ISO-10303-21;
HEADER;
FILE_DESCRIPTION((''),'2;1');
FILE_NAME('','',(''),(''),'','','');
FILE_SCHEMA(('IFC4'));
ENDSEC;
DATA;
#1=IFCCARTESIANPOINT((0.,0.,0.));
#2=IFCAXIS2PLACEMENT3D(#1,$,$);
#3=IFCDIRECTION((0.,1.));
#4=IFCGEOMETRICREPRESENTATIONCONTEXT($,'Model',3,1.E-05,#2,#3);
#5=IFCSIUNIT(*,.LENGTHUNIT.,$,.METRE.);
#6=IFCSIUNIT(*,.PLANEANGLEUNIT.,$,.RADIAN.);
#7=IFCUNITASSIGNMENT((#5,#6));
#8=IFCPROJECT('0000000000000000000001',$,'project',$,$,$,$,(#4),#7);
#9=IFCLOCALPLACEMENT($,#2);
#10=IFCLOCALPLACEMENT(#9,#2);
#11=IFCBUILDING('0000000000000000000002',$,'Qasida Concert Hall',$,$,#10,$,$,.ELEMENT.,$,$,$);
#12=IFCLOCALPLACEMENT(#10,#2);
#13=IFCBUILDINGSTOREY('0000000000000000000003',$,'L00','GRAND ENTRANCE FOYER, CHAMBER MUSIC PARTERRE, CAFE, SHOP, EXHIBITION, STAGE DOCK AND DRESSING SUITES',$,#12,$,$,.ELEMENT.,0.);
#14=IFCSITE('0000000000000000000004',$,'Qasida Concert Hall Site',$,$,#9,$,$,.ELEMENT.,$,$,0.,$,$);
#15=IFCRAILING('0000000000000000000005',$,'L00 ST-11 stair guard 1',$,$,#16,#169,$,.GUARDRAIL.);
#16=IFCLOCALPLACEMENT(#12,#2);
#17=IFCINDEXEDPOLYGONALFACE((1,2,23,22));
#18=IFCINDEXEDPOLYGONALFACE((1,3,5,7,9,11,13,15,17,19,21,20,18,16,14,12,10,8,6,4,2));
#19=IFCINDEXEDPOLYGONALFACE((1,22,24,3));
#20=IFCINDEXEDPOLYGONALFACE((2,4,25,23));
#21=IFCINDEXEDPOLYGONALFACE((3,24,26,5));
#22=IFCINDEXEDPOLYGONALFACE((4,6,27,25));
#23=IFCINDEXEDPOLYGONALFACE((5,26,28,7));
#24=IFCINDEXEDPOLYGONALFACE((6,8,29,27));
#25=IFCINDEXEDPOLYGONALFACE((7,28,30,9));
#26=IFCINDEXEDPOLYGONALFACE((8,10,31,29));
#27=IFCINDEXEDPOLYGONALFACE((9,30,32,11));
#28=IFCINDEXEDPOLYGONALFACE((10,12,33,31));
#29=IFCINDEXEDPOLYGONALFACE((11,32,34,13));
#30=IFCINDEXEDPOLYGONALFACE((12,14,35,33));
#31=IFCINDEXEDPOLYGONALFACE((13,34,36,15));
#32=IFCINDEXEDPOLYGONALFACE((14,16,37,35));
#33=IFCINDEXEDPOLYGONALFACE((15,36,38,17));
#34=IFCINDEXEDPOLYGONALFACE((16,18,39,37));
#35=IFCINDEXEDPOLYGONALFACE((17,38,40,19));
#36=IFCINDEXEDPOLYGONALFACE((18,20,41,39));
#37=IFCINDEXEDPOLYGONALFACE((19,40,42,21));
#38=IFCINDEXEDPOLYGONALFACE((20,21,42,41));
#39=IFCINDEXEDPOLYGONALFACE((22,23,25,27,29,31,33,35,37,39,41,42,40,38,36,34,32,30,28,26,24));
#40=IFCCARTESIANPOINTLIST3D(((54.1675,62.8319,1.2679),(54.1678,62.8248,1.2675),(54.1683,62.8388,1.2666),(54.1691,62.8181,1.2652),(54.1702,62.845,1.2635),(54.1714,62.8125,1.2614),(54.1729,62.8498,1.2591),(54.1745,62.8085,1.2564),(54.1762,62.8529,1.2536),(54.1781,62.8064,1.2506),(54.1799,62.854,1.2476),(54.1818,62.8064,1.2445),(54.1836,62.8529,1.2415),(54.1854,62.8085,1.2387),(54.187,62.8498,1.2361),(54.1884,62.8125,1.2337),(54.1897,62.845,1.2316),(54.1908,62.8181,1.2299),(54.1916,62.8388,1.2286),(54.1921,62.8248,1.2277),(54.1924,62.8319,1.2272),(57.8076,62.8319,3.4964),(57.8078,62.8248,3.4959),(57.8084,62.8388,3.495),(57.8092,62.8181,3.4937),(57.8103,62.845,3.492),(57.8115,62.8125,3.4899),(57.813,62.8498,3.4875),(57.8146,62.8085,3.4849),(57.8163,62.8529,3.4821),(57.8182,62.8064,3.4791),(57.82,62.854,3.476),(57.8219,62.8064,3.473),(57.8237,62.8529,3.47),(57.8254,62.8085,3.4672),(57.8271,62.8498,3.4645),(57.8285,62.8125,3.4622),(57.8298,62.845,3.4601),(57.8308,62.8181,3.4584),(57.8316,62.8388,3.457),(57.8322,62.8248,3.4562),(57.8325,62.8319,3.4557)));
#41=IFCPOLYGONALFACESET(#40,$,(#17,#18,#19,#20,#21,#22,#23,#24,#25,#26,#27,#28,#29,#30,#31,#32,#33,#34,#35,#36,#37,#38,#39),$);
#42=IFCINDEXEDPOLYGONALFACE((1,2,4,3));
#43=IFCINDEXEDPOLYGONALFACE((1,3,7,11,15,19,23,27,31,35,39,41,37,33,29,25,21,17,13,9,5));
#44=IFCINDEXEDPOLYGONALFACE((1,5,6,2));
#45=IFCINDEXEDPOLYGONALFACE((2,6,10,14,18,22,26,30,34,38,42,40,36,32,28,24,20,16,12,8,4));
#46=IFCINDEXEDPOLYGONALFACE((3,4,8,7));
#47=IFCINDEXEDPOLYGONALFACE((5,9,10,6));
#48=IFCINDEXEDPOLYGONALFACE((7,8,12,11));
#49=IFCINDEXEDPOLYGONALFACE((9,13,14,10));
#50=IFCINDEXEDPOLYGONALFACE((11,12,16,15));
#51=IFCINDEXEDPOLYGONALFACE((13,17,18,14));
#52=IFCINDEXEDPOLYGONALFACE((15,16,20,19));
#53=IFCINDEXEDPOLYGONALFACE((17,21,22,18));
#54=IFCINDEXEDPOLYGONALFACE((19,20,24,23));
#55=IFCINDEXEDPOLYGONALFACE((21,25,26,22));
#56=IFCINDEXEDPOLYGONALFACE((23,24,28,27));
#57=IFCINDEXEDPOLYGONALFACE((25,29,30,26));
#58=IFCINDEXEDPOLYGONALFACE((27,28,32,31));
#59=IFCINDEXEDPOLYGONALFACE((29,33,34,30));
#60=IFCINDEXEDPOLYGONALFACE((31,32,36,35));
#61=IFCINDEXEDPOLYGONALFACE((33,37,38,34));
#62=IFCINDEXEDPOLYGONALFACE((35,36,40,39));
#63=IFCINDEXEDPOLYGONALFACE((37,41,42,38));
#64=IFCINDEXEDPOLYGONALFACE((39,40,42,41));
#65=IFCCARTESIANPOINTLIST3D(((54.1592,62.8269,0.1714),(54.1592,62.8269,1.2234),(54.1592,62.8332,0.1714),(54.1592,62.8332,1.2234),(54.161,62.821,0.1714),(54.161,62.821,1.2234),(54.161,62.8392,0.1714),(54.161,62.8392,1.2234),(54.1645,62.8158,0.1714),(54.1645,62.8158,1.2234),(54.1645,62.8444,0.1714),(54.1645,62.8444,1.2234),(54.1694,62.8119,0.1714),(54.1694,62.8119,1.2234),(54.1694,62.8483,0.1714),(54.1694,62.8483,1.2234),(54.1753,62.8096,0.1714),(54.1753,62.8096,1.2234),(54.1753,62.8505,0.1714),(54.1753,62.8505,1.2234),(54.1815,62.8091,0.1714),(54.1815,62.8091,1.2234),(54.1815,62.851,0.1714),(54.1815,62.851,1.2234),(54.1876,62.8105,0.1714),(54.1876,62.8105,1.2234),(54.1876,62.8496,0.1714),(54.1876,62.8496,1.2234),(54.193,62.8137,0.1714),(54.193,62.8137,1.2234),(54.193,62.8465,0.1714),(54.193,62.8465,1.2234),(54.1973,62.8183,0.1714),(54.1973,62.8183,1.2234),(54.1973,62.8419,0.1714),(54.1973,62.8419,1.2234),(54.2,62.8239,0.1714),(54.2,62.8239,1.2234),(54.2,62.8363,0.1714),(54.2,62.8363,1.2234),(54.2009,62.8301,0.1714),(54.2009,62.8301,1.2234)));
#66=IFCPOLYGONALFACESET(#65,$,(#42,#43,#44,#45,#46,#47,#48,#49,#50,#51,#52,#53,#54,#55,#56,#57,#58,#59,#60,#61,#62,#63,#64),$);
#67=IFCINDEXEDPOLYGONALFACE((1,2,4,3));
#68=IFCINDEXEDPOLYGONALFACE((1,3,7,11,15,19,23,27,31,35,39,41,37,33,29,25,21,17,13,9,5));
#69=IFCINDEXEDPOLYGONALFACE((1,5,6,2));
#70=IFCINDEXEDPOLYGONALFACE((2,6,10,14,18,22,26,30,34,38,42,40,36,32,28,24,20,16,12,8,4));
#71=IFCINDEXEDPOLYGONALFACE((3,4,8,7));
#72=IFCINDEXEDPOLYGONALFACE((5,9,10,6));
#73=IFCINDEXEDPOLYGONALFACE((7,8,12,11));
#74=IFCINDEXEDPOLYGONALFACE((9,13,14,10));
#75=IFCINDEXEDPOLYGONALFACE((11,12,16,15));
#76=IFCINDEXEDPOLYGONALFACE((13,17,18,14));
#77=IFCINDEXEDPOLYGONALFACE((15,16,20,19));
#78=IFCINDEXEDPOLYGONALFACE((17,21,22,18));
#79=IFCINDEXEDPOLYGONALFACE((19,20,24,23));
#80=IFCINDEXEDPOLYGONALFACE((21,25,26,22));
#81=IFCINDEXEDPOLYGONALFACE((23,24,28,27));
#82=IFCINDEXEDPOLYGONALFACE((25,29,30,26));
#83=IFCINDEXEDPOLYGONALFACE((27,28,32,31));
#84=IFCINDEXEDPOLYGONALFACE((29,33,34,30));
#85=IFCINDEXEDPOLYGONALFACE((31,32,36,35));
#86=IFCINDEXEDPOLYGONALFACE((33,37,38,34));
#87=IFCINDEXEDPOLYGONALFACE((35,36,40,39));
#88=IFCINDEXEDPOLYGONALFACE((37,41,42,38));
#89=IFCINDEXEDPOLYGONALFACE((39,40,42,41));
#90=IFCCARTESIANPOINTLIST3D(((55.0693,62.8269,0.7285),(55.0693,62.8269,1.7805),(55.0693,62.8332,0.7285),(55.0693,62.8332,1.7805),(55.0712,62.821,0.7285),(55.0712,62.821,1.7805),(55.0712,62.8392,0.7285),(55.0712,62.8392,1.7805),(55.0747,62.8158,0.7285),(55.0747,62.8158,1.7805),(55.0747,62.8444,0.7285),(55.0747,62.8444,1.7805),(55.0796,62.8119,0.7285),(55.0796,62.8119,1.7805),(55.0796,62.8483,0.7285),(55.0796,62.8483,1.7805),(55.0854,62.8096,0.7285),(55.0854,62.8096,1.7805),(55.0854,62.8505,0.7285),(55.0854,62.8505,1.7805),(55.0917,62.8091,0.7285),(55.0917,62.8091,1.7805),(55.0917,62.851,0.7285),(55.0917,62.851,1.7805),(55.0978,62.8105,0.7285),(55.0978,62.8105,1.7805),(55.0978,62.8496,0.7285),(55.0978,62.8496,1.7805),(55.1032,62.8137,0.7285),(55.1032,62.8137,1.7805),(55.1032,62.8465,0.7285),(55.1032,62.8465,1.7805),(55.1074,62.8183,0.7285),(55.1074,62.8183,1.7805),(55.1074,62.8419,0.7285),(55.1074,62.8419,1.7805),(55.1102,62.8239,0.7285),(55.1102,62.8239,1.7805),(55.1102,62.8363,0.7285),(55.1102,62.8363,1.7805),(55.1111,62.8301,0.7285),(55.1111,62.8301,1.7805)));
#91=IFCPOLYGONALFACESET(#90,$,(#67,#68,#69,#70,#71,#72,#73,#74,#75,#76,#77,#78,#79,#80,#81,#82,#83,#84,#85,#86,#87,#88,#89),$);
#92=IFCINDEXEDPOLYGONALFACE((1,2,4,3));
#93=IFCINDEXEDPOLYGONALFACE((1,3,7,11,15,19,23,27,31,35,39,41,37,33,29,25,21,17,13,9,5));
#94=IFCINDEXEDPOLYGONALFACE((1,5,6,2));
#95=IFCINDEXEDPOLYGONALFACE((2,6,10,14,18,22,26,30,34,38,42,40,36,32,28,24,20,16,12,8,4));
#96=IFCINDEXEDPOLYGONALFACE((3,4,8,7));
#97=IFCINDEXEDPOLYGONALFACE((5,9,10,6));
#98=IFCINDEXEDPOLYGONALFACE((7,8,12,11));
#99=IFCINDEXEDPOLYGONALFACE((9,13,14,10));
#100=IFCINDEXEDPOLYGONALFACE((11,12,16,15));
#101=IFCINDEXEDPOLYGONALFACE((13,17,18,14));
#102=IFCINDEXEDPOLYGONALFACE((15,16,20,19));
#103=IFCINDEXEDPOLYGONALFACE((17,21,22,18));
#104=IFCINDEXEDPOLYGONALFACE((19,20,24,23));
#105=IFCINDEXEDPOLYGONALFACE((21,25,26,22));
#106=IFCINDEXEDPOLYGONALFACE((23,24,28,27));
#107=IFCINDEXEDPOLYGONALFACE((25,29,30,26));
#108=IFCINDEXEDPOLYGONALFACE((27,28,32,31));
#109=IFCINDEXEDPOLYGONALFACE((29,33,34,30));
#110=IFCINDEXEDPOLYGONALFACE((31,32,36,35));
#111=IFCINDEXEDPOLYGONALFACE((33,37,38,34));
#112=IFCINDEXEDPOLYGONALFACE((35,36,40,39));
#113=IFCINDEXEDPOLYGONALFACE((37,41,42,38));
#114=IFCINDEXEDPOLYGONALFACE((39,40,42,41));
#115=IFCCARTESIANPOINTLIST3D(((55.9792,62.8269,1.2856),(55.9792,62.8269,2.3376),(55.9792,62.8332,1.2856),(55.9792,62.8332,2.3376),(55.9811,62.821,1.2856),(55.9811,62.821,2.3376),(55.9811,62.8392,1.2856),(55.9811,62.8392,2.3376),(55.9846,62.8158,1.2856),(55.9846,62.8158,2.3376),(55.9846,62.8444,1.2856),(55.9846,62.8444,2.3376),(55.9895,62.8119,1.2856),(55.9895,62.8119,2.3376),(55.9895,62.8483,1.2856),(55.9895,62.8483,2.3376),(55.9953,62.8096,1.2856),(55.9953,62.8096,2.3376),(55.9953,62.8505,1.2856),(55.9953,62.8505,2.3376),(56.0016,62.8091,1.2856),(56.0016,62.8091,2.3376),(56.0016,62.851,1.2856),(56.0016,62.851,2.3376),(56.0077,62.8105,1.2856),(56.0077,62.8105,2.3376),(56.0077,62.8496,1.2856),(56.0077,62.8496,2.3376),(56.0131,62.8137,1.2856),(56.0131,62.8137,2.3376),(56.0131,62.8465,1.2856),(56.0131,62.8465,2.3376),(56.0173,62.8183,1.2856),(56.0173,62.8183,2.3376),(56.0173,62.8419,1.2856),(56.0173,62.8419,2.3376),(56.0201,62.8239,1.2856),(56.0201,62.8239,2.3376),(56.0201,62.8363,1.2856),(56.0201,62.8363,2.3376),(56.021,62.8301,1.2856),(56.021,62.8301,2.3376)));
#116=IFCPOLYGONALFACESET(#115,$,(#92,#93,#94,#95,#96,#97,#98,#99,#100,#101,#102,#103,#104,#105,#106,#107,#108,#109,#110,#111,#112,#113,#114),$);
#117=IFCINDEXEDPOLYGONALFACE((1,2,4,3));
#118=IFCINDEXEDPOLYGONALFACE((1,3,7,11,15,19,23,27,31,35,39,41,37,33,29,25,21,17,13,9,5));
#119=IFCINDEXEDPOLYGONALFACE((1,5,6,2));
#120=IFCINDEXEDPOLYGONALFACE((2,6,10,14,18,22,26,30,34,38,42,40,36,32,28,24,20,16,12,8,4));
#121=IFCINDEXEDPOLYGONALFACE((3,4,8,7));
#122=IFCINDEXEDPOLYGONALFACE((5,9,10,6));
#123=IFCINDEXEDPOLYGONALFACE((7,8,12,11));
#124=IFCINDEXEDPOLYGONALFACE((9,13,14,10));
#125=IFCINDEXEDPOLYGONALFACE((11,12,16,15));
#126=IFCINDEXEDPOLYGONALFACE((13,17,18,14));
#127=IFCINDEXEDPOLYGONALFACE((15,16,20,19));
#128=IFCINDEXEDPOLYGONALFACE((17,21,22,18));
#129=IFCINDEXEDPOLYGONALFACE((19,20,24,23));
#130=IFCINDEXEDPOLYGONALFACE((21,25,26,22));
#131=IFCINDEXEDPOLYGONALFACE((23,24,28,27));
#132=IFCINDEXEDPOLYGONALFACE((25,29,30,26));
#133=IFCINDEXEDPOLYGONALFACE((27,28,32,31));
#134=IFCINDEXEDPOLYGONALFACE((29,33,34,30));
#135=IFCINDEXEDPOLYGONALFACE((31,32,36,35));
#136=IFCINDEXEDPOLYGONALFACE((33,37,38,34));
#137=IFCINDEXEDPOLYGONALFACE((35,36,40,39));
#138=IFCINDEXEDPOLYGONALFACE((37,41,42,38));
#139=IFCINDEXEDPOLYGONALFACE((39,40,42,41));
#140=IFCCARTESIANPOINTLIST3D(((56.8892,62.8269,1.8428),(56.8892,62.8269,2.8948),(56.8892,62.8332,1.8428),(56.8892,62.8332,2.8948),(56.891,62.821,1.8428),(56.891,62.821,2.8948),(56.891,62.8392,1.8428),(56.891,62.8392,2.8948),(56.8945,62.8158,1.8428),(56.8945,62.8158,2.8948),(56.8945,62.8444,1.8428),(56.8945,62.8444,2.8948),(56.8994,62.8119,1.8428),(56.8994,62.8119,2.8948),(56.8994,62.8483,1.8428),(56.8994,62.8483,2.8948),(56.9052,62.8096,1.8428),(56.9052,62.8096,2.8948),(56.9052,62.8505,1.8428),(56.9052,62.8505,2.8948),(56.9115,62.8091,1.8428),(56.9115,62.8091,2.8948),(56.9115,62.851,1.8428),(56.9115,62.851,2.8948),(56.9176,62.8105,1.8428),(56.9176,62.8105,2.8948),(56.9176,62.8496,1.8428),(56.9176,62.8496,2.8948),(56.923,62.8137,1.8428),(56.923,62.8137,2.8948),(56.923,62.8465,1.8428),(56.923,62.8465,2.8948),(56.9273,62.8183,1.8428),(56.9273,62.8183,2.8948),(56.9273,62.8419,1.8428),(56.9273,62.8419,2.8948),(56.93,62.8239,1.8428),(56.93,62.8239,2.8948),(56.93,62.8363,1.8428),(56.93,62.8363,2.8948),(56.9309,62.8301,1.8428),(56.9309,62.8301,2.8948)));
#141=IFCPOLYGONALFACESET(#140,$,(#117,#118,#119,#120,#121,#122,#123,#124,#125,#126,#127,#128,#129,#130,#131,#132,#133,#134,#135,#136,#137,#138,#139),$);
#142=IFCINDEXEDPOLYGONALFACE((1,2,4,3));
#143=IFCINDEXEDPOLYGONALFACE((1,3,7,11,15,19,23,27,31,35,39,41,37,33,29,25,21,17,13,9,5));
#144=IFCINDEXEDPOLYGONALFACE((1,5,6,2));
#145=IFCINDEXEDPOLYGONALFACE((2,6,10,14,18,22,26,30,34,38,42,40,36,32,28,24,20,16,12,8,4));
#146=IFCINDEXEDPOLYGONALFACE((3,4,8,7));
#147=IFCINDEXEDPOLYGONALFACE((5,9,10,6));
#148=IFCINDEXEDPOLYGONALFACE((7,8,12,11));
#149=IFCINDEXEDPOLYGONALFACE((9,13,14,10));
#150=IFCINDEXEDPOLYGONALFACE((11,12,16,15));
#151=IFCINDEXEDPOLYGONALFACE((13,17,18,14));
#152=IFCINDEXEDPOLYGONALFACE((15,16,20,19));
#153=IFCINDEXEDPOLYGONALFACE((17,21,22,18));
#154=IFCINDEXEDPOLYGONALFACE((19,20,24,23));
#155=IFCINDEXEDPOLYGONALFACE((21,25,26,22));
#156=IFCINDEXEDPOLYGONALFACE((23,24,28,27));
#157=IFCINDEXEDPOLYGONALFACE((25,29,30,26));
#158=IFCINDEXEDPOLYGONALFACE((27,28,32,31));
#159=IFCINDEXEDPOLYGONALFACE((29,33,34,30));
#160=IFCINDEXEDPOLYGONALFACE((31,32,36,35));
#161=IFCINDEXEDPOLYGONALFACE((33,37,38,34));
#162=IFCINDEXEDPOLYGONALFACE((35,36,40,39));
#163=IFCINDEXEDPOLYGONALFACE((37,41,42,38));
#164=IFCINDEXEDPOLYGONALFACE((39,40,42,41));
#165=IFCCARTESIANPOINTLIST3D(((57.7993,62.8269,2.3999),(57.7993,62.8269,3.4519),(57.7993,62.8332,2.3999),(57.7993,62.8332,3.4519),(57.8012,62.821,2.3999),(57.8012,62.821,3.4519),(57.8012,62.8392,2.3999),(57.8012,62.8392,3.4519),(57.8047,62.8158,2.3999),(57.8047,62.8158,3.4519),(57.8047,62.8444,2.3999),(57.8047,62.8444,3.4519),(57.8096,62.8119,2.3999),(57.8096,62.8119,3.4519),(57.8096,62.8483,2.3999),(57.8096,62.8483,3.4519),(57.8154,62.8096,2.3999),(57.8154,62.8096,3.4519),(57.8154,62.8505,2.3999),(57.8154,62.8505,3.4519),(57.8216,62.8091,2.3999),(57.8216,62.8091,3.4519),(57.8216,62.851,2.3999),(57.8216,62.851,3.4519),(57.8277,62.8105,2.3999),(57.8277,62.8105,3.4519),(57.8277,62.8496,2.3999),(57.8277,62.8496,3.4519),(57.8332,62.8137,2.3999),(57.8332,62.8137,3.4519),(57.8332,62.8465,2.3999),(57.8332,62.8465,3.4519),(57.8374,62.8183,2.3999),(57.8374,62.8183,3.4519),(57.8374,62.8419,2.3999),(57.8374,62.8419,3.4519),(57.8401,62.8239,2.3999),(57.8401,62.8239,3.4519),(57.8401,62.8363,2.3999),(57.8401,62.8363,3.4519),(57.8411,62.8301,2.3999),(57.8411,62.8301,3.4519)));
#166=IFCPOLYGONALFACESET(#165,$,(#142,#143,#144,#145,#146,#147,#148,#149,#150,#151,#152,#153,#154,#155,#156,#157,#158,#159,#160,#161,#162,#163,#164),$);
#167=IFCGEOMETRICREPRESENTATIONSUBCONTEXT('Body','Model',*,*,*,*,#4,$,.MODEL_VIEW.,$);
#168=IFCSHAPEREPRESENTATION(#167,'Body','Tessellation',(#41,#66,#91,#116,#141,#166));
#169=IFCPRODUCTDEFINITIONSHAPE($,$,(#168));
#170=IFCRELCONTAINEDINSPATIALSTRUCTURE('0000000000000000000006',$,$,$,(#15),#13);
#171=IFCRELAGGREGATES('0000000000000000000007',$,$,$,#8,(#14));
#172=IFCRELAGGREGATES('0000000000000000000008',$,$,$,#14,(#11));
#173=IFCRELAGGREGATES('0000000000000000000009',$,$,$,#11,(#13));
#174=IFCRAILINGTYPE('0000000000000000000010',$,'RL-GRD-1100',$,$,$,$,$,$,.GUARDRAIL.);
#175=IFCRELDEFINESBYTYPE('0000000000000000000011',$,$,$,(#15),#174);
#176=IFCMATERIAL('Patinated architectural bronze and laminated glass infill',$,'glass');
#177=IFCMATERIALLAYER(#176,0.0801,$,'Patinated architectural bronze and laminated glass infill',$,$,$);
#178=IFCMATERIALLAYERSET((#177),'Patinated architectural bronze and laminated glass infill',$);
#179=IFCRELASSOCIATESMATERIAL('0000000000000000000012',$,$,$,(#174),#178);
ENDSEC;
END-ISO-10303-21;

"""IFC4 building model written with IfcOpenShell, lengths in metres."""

from ifc_helpers import new_model, si_unit, direction, frame, origin, origin_2d, place, context, subcontext, project, spatial, circle, extrude, material, layer, layer_set, type_object, element, save


model = new_model("IFC4")

# Units and contexts
model_context = context("Model", 3, precision=1e-05, world=origin(), true_north=direction((0.0, 1.0)))
body_context = subcontext(model_context, "Body", "Model", "MODEL_VIEW")
ifc_project = project(units=[si_unit("LENGTHUNIT", "METRE"), si_unit("PLANEANGLEUNIT", "RADIAN")], contexts=[model_context])

# Site, building, storey
site_placement = place(None, origin())
site = spatial("IfcSite", under=ifc_project, at=site_placement, Name="Qasida Concert Hall Site", CompositionType="ELEMENT", RefElevation=0.0)
building_placement = place(site_placement, origin())
building = spatial("IfcBuilding", under=site, at=building_placement, Name="Qasida Concert Hall", CompositionType="ELEMENT")
storey_placement = place(building_placement, origin())
storey = spatial("IfcBuildingStorey", under=building, at=storey_placement, Name="L00", Description="GRAND ENTRANCE FOYER, CHAMBER MUSIC PARTERRE, CAFE, SHOP, EXHIBITION, STAGE DOCK AND DRESSING SUITES", CompositionType="ELEMENT", Elevation=0.0)

# Railing
ifc_material_1 = material(Name="Patinated architectural bronze and laminated glass infill", Category="glass")
ifc_layer_1 = layer(ifc_material_1, 0.0801, Name="Patinated architectural bronze and laminated glass infill")
ifc_layer_set_1 = layer_set([ifc_layer_1], Name="Patinated architectural bronze and laminated glass infill")
railing_type_1 = type_object("IfcRailingType", Name="RL-GRD-1100", PredefinedType="GUARDRAIL", material=ifc_layer_set_1)
railing_1_placement = place(storey_placement, frame((54.1799, 62.8301, 0.1714)))
element("IfcRailing", 1, at=railing_1_placement, inside=storey, type_object=railing_type_1, Name="L00 ST-11 stair guard 1", PredefinedType="GUARDRAIL", context=body_context, shape_type="SweptSolid", body=[
    extrude(circle(Radius=0.0239, at=origin_2d()), frame((0.0, 0.0, 1.0762), z_axis=(0.852866, 0.0, 0.52213), x_axis=(0.0, 1.0, 0.0)), (0.0, 0.0, 1.0), 4.2681),
    extrude(circle(Radius=0.021, at=origin_2d()), origin(), (0.0, 0.0, 1.0), 1.052),
    extrude(circle(Radius=0.021, at=origin_2d()), frame((0.9102, 0.0, 0.5571)), (0.0, 0.0, 1.0), 1.052),
    extrude(circle(Radius=0.021, at=origin_2d()), frame((1.8201, 0.0, 1.1143)), (0.0, 0.0, 1.0), 1.052),
    extrude(circle(Radius=0.021, at=origin_2d()), frame((2.73, 0.0, 1.6714)), (0.0, 0.0, 1.0), 1.052),
    extrude(circle(Radius=0.021, at=origin_2d()), frame((3.6401, 0.0, 2.2285)), (0.0, 0.0, 1.0), 1.052),
])

save(model, "model.ifc")
